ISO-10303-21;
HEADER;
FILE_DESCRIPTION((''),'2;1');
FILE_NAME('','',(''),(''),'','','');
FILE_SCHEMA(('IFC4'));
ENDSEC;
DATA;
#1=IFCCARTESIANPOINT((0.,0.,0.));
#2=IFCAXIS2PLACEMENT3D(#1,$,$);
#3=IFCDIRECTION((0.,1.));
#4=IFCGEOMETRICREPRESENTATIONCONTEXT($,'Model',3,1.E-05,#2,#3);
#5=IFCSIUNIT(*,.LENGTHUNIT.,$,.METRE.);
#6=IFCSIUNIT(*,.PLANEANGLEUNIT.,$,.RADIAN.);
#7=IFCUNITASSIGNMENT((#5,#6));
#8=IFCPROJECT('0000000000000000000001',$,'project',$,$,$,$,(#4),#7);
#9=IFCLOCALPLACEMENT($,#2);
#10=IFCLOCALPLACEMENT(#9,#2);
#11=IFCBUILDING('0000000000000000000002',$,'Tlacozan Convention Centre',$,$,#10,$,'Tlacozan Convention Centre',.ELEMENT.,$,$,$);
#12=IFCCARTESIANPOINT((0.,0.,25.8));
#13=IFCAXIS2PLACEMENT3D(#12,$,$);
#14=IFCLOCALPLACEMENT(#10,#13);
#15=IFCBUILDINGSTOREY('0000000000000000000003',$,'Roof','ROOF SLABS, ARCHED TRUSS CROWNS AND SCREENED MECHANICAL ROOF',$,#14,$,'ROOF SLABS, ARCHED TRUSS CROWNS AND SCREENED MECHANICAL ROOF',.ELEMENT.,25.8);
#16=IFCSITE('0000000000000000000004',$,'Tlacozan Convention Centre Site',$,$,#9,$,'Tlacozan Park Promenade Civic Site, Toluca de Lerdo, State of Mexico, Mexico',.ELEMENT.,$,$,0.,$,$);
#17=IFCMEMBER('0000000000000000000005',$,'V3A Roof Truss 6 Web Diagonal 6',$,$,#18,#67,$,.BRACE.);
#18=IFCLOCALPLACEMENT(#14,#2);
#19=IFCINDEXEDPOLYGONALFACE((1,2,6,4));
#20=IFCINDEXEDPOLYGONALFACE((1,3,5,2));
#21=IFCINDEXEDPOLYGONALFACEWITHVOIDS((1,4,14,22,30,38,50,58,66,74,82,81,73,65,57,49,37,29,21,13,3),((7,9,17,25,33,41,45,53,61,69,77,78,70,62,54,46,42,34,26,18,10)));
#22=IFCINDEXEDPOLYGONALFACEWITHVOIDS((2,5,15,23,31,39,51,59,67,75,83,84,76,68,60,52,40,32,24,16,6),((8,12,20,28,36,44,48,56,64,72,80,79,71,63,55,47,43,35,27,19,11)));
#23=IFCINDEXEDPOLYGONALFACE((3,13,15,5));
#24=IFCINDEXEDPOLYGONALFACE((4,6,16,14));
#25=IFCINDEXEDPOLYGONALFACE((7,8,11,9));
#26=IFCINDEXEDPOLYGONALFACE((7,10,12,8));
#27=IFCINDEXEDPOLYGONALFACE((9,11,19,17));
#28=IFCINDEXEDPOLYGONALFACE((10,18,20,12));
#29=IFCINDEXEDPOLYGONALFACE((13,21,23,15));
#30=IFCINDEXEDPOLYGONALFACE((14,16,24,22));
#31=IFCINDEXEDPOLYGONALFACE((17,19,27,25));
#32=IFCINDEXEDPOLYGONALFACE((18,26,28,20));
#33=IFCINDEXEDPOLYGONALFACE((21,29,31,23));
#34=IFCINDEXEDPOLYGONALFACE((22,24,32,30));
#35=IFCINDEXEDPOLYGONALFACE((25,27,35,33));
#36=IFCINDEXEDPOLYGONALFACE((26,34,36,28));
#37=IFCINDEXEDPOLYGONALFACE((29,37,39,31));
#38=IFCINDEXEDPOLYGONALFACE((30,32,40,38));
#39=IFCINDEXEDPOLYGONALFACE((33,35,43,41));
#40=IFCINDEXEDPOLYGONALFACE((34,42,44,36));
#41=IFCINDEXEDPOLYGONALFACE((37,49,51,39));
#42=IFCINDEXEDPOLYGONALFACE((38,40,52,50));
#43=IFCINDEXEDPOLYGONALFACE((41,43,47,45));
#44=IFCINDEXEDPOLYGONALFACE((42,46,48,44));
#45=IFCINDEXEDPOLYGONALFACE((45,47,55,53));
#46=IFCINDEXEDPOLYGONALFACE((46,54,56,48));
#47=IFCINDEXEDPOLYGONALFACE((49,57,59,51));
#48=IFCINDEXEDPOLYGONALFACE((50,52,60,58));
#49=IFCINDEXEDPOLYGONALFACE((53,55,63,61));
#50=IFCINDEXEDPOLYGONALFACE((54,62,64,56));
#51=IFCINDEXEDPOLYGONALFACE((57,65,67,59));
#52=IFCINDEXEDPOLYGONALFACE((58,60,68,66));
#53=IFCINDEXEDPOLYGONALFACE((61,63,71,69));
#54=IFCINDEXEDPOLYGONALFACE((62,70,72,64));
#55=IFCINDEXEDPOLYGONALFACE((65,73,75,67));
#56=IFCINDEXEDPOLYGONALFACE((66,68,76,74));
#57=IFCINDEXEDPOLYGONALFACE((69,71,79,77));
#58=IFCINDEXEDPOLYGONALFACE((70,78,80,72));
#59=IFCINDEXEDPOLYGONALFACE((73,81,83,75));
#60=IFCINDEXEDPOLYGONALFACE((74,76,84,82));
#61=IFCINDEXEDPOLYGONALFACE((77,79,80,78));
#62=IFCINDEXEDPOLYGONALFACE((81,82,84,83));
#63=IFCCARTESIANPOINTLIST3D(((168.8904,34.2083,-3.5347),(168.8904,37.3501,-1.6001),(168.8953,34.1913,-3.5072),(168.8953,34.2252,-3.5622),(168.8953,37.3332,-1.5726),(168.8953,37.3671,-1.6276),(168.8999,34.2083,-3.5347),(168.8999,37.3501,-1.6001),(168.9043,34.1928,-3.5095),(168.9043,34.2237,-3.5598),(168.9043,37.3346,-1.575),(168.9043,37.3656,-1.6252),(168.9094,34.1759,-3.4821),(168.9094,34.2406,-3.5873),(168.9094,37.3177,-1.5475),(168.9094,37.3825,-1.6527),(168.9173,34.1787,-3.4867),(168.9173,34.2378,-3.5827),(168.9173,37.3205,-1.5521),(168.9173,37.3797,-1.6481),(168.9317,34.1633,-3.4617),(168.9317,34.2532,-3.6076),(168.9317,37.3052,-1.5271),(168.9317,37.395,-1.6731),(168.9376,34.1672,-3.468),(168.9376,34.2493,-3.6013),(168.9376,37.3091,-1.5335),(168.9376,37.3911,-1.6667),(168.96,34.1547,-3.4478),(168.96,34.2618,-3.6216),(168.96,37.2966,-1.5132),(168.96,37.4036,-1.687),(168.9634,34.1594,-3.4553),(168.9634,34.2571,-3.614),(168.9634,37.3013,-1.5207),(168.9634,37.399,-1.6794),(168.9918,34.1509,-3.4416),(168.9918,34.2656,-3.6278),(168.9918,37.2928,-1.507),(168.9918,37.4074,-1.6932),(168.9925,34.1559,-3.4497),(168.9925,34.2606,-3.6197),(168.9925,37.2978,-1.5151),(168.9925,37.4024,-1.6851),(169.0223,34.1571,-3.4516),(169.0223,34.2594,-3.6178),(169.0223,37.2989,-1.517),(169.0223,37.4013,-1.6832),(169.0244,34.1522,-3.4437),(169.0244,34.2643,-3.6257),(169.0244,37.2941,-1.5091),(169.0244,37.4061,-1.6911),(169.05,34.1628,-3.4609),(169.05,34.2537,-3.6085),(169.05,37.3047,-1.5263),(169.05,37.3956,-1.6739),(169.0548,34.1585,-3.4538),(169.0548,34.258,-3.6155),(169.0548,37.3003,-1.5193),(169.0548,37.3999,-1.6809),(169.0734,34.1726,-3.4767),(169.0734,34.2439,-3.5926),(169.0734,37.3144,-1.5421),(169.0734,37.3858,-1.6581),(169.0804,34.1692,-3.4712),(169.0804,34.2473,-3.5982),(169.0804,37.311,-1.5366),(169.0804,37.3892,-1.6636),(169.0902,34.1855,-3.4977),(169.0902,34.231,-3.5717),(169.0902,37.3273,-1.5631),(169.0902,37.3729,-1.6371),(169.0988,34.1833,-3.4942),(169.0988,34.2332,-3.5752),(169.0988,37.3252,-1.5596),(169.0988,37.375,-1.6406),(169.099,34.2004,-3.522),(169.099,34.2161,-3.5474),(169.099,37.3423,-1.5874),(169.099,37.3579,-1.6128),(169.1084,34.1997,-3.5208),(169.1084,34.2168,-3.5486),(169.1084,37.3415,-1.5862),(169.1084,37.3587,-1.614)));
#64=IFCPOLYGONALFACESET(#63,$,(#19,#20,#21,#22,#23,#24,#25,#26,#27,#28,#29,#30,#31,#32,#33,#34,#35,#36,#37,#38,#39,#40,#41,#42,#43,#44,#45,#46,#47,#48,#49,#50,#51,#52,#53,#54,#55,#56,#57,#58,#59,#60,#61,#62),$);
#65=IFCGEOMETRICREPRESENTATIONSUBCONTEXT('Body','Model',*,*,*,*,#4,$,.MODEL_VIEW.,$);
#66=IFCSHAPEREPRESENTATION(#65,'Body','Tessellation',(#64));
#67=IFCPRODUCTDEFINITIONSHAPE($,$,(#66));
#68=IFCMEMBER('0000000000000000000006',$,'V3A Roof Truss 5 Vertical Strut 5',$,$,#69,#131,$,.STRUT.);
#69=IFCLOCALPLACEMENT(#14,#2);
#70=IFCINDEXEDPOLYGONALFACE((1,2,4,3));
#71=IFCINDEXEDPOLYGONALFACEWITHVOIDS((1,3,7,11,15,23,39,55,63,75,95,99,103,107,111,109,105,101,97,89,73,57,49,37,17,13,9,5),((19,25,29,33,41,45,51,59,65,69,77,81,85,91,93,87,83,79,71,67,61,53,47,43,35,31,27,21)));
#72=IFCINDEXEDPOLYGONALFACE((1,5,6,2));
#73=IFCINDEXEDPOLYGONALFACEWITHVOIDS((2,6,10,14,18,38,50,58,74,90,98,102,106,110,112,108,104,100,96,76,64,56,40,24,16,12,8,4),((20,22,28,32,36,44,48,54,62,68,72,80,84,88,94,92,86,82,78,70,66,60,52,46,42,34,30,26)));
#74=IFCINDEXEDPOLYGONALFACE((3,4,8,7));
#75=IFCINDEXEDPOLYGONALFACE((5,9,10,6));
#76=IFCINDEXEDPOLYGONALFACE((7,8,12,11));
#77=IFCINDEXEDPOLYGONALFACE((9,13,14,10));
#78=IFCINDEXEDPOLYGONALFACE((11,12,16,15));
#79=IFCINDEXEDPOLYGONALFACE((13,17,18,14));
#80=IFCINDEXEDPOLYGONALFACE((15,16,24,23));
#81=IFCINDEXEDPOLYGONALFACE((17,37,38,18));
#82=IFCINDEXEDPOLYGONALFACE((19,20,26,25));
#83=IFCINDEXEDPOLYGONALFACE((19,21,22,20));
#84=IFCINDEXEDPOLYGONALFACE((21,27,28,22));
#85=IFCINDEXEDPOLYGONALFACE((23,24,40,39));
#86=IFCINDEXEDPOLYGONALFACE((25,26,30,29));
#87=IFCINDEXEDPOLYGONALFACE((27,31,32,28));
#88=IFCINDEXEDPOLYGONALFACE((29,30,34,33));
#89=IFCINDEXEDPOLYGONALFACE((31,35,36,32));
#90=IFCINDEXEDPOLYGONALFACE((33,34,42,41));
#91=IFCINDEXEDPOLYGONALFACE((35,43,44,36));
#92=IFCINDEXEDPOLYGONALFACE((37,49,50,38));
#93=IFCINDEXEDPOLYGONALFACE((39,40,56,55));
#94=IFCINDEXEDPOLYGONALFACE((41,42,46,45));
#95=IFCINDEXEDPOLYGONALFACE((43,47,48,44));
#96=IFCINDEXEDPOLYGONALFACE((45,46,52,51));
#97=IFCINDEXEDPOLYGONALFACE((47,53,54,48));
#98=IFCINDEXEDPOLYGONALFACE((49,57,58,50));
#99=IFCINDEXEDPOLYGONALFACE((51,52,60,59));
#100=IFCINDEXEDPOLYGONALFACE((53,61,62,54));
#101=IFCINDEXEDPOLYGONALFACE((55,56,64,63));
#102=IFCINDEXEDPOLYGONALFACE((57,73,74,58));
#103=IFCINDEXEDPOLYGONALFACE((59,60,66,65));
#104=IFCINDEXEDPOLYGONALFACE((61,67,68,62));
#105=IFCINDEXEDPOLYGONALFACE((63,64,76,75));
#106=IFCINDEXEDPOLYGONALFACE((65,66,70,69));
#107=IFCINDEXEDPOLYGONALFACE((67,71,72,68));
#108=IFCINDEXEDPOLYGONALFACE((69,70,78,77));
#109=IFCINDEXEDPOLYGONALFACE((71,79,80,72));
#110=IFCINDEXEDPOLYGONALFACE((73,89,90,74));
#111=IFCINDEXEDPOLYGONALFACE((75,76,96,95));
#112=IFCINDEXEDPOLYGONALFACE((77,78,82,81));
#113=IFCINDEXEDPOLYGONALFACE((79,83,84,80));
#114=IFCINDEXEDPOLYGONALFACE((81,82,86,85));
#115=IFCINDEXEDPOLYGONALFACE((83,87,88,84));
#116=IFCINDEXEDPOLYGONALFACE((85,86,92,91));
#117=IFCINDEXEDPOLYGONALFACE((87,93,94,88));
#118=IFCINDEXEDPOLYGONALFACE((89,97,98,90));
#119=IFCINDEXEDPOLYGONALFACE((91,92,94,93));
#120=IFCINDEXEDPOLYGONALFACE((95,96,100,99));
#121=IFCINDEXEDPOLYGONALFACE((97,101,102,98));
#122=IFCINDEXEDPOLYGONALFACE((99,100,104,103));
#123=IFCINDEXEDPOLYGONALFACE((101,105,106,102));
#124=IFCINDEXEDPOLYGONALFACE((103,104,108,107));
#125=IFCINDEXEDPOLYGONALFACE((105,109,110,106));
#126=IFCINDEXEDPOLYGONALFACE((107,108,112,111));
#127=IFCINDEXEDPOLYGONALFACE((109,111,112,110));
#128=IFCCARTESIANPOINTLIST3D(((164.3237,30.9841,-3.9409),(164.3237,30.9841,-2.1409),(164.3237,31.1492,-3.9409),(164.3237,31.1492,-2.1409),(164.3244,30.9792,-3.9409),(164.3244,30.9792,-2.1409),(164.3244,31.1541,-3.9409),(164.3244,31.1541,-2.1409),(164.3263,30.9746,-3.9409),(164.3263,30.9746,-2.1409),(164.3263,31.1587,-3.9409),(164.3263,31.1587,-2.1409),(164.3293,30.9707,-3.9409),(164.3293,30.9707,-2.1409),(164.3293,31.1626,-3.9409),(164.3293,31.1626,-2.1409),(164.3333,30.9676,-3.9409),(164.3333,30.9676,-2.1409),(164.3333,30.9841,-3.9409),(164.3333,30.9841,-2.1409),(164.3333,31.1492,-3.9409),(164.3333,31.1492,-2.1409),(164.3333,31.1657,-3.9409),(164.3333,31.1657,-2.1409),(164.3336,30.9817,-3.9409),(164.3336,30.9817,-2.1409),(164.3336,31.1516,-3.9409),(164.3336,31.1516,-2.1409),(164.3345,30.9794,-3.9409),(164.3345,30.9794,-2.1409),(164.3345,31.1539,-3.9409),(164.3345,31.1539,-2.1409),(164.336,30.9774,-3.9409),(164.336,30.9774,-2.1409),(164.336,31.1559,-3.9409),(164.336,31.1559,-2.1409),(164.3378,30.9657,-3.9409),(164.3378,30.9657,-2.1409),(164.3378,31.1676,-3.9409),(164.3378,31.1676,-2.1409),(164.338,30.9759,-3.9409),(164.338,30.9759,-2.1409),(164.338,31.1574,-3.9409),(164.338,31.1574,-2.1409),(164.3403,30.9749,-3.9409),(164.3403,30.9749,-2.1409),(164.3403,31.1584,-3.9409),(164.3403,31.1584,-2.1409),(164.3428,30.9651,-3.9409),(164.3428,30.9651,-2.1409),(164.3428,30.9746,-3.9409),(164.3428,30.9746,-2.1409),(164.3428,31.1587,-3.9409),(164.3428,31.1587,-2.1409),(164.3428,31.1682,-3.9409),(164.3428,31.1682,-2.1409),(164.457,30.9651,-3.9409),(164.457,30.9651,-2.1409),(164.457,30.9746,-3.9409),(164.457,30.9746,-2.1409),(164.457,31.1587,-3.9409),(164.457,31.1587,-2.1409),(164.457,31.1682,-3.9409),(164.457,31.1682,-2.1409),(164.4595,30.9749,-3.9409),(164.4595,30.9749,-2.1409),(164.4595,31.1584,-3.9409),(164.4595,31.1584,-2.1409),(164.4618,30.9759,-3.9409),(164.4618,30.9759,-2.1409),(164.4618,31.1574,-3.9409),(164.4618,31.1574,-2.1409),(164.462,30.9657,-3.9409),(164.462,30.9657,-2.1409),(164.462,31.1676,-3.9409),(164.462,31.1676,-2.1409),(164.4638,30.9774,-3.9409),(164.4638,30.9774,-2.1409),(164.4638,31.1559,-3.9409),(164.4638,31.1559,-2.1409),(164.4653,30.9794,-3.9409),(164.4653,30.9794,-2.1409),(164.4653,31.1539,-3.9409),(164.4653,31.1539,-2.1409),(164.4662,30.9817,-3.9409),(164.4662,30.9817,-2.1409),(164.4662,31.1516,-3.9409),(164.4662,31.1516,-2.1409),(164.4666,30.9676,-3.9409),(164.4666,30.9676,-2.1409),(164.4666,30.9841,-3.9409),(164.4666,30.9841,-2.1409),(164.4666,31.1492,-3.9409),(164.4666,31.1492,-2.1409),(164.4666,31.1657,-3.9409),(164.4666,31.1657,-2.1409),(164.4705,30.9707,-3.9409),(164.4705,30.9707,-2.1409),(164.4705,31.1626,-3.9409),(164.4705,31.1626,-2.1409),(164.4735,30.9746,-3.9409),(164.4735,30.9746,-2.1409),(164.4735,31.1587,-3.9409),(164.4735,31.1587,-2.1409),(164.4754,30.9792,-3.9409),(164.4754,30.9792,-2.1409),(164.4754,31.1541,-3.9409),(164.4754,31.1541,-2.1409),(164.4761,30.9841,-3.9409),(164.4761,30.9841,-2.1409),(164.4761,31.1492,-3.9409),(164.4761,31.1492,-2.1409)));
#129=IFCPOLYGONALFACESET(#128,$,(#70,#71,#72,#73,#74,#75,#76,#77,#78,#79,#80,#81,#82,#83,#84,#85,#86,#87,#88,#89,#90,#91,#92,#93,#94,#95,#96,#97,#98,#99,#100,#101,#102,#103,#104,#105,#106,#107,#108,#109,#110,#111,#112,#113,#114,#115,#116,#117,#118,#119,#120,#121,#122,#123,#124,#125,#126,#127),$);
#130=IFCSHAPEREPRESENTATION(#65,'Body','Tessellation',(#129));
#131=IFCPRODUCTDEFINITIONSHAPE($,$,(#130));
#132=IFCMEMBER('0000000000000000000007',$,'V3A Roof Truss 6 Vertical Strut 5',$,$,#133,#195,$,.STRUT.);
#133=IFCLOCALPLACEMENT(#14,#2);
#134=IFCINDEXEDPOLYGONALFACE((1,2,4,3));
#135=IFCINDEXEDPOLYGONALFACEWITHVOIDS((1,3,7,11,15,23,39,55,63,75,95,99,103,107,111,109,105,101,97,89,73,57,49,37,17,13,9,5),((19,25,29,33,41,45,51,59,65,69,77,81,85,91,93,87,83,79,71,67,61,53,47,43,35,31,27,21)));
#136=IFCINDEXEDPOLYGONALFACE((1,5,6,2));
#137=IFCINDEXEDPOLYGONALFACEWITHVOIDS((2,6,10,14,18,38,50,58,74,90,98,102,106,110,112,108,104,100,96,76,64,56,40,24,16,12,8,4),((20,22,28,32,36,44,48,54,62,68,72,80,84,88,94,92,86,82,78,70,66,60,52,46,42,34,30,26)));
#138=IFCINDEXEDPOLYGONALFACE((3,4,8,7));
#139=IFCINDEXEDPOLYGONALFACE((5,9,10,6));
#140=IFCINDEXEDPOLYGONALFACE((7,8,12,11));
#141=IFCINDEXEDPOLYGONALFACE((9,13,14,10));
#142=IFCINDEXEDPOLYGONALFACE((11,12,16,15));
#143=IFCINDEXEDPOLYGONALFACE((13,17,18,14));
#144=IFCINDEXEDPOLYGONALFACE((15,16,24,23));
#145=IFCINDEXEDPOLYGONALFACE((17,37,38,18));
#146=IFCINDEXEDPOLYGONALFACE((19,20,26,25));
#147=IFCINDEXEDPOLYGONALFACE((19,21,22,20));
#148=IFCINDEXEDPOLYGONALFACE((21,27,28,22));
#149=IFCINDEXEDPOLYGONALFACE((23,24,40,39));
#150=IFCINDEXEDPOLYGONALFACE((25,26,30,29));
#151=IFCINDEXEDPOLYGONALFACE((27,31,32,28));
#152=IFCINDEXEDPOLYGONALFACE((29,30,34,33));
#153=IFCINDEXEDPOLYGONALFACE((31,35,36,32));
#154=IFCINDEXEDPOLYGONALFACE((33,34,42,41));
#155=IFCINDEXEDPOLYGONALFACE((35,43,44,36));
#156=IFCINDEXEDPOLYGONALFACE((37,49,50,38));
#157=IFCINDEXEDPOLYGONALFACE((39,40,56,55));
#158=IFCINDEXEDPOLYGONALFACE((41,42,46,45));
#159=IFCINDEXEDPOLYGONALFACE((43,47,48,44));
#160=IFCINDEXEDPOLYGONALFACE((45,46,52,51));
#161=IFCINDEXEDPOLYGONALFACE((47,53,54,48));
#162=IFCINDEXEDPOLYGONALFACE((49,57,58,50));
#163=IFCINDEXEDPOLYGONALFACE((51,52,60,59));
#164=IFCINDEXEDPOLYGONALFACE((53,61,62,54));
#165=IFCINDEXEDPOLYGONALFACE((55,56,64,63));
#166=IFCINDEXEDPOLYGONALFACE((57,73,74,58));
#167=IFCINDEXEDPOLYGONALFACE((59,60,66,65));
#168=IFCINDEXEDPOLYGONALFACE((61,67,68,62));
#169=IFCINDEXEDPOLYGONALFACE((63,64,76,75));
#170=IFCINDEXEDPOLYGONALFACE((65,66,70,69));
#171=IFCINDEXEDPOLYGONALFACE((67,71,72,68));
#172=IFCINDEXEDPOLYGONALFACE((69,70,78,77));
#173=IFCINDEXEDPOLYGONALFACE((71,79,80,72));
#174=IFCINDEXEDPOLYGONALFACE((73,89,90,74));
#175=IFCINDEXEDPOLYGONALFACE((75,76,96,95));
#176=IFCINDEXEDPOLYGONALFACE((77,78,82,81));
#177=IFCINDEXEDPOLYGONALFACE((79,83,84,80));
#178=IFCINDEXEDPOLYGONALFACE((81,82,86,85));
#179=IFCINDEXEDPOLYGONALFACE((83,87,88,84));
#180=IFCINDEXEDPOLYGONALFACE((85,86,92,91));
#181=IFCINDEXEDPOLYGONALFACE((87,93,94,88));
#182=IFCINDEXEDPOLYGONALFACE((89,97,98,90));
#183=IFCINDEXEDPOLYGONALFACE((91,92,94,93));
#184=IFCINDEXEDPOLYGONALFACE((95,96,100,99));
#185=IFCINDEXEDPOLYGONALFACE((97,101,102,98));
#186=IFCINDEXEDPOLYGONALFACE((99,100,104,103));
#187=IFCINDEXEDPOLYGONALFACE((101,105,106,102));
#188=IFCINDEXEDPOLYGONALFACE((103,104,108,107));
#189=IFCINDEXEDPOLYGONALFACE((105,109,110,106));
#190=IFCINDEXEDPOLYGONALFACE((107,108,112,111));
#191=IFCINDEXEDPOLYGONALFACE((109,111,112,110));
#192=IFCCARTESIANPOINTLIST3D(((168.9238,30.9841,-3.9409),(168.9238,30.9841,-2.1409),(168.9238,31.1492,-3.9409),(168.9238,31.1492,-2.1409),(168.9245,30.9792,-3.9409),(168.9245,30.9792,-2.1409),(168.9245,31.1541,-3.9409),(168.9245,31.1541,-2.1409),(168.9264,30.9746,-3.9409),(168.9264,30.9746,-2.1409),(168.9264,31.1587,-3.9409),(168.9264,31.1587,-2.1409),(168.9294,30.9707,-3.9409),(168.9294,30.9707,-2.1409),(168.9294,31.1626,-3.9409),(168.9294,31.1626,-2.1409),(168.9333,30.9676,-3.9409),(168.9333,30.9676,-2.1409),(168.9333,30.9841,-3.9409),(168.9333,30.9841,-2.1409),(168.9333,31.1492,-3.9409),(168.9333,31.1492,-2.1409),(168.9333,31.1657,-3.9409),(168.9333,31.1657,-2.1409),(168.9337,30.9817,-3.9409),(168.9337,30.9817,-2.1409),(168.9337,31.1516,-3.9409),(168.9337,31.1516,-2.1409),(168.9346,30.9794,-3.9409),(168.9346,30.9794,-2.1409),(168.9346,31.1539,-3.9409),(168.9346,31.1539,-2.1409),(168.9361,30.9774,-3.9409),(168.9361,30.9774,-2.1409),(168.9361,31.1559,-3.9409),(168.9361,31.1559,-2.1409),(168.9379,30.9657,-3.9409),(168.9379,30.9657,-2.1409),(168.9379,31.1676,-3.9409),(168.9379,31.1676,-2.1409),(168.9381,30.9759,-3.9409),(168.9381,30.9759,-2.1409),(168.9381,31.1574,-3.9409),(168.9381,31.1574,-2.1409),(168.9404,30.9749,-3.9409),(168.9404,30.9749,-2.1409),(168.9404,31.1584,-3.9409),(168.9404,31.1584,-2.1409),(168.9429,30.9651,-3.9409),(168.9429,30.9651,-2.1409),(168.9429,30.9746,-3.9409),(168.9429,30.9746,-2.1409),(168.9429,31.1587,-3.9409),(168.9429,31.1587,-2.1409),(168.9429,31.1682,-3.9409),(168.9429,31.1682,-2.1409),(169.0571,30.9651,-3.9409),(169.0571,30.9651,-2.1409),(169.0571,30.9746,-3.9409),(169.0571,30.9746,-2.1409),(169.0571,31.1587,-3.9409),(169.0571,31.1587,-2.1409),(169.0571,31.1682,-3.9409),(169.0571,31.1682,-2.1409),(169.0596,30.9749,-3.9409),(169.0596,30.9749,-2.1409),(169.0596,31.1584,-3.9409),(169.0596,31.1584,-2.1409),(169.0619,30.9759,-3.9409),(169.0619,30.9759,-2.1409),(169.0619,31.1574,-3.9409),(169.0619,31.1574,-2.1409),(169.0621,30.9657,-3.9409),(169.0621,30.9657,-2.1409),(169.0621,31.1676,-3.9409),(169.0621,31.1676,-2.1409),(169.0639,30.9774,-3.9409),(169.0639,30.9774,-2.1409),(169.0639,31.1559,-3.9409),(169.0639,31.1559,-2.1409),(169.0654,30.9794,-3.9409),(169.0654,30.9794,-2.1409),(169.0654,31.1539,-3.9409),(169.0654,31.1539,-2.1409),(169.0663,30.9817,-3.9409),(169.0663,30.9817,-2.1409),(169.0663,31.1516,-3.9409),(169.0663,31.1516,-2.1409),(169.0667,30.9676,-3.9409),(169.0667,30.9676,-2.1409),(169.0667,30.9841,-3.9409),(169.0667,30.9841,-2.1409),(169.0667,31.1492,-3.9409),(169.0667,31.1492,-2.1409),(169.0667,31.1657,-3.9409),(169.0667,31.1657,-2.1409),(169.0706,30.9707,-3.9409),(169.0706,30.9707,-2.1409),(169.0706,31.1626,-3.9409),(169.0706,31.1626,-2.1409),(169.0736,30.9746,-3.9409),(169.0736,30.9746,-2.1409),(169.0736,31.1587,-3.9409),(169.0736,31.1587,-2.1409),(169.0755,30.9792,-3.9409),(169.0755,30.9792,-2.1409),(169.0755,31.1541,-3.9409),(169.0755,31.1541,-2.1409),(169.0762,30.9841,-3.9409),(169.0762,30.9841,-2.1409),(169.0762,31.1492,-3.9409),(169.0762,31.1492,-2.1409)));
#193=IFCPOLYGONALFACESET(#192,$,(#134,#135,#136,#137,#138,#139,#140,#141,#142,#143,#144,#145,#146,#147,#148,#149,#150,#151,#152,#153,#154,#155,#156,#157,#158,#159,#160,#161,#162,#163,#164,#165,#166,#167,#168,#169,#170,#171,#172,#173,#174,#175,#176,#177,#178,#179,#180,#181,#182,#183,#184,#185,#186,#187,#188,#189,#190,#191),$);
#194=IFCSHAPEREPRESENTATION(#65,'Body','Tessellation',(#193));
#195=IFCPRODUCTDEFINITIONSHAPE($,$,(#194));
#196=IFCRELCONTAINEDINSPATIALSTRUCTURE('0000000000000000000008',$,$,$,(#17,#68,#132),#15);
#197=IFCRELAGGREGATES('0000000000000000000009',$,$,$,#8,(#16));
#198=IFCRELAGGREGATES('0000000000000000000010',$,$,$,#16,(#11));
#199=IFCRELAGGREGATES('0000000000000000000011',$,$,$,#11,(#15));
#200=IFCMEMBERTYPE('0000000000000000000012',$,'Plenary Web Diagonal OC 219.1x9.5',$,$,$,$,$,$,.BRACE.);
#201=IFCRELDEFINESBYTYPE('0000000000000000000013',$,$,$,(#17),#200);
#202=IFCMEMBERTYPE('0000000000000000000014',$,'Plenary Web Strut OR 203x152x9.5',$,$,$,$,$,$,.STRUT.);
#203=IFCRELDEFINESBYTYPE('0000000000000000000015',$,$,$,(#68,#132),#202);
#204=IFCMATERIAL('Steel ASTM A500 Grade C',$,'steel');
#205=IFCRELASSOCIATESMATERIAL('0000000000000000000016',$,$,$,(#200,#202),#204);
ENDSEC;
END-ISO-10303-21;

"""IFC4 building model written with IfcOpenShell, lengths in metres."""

from ifc_helpers import new_model, si_unit, direction, frame, origin, origin_2d, place, context, subcontext, project, spatial, hollow_rectangle, hollow_circle, extrude, material, material_profile, profile_set, type_object, element, save


model = new_model("IFC4")

# Units and contexts
model_context = context("Model", 3, precision=1e-05, world=origin(), true_north=direction((0.0, 1.0)))
body_context = subcontext(model_context, "Body", "Model", "MODEL_VIEW")
ifc_project = project(units=[si_unit("LENGTHUNIT", "METRE"), si_unit("PLANEANGLEUNIT", "RADIAN")], contexts=[model_context])

# Site, building, storey
site_placement = place(None, origin())
site = spatial("IfcSite", under=ifc_project, at=site_placement, Name="Tlacozan Convention Centre Site", LongName="Tlacozan Park Promenade Civic Site, Toluca de Lerdo, State of Mexico, Mexico", CompositionType="ELEMENT", RefElevation=0.0)
building_placement = place(site_placement, origin())
building = spatial("IfcBuilding", under=site, at=building_placement, Name="Tlacozan Convention Centre", LongName="Tlacozan Convention Centre", CompositionType="ELEMENT")
storey_placement = place(building_placement, frame((0.0, 0.0, 25.8)))
storey = spatial("IfcBuildingStorey", under=building, at=storey_placement, Name="Roof", Description="ROOF SLABS, ARCHED TRUSS CROWNS AND SCREENED MECHANICAL ROOF", LongName="ROOF SLABS, ARCHED TRUSS CROWNS AND SCREENED MECHANICAL ROOF", CompositionType="ELEMENT", Elevation=25.8)

# Members
ifc_material_1 = material(Name="Steel ASTM A500 Grade C", Category="steel")
ifc_material_profile_1 = material_profile(ifc_material_1, hollow_circle(Radius=0.1096, WallThickness=0.0095, at=origin_2d()), Name="OC 219.1x9.5")
ifc_profile_set_1 = profile_set([ifc_material_profile_1], Name="Steel ASTM A500 Grade C")
member_type_1 = type_object("IfcMemberType", Name="Plenary Web Diagonal OC 219.1x9.5", PredefinedType="BRACE", material=ifc_profile_set_1)
member_1_placement = place(storey_placement, frame((169.0, 34.2083, -3.5347), z_axis=(0.0, 0.851522, 0.524319), x_axis=(-1.0, 0.0, 0.0)))
element("IfcMember", 1, at=member_1_placement, inside=storey, type_object=member_type_1, Name="V3A Roof Truss 6 Web Diagonal 6", PredefinedType="BRACE", context=body_context, shape_type="SweptSolid", body=[
    extrude(hollow_circle(Radius=0.1096, WallThickness=0.0095, at=origin_2d()), origin(), (0.0, 0.0, 1.0), 3.6897),
])
ifc_material_profile_2 = material_profile(ifc_material_1, hollow_rectangle(XDim=0.1523, YDim=0.2031, WallThickness=0.0095, InnerFilletRadius=0.0095, OuterFilletRadius=0.019, at=origin_2d()), Name="OR 203x152x9.5")
ifc_profile_set_2 = profile_set([ifc_material_profile_2], Name="Steel ASTM A500 Grade C")
member_type_2 = type_object("IfcMemberType", Name="Plenary Web Strut OR 203x152x9.5", PredefinedType="STRUT", material=ifc_profile_set_2)
for number, where, z_axis, x_axis, name in (
    (2, (164.3999, 31.0667, -3.9409), (0.0, 0.0, 1.0), (1.0, 0.0, 0.0), "V3A Roof Truss 5 Vertical Strut 5"),
    (3, (169.0, 31.0667, -3.9409), (0.0, 0.0, 1.0), (1.0, 0.0, 0.0), "V3A Roof Truss 6 Vertical Strut 5"),
):
    element("IfcMember", number, at=place(storey_placement, frame(where, z_axis=z_axis, x_axis=x_axis)), inside=storey, type_object=member_type_2, Name=name, PredefinedType="STRUT", context=body_context, shape_type="SweptSolid", body=[
        extrude(hollow_rectangle(XDim=0.1523, YDim=0.2031, WallThickness=0.0095, InnerFilletRadius=0.0095, OuterFilletRadius=0.019, at=origin_2d()), origin(), (0.0, 0.0, 1.0), 1.8),
    ])

save(model, "model.ifc")
